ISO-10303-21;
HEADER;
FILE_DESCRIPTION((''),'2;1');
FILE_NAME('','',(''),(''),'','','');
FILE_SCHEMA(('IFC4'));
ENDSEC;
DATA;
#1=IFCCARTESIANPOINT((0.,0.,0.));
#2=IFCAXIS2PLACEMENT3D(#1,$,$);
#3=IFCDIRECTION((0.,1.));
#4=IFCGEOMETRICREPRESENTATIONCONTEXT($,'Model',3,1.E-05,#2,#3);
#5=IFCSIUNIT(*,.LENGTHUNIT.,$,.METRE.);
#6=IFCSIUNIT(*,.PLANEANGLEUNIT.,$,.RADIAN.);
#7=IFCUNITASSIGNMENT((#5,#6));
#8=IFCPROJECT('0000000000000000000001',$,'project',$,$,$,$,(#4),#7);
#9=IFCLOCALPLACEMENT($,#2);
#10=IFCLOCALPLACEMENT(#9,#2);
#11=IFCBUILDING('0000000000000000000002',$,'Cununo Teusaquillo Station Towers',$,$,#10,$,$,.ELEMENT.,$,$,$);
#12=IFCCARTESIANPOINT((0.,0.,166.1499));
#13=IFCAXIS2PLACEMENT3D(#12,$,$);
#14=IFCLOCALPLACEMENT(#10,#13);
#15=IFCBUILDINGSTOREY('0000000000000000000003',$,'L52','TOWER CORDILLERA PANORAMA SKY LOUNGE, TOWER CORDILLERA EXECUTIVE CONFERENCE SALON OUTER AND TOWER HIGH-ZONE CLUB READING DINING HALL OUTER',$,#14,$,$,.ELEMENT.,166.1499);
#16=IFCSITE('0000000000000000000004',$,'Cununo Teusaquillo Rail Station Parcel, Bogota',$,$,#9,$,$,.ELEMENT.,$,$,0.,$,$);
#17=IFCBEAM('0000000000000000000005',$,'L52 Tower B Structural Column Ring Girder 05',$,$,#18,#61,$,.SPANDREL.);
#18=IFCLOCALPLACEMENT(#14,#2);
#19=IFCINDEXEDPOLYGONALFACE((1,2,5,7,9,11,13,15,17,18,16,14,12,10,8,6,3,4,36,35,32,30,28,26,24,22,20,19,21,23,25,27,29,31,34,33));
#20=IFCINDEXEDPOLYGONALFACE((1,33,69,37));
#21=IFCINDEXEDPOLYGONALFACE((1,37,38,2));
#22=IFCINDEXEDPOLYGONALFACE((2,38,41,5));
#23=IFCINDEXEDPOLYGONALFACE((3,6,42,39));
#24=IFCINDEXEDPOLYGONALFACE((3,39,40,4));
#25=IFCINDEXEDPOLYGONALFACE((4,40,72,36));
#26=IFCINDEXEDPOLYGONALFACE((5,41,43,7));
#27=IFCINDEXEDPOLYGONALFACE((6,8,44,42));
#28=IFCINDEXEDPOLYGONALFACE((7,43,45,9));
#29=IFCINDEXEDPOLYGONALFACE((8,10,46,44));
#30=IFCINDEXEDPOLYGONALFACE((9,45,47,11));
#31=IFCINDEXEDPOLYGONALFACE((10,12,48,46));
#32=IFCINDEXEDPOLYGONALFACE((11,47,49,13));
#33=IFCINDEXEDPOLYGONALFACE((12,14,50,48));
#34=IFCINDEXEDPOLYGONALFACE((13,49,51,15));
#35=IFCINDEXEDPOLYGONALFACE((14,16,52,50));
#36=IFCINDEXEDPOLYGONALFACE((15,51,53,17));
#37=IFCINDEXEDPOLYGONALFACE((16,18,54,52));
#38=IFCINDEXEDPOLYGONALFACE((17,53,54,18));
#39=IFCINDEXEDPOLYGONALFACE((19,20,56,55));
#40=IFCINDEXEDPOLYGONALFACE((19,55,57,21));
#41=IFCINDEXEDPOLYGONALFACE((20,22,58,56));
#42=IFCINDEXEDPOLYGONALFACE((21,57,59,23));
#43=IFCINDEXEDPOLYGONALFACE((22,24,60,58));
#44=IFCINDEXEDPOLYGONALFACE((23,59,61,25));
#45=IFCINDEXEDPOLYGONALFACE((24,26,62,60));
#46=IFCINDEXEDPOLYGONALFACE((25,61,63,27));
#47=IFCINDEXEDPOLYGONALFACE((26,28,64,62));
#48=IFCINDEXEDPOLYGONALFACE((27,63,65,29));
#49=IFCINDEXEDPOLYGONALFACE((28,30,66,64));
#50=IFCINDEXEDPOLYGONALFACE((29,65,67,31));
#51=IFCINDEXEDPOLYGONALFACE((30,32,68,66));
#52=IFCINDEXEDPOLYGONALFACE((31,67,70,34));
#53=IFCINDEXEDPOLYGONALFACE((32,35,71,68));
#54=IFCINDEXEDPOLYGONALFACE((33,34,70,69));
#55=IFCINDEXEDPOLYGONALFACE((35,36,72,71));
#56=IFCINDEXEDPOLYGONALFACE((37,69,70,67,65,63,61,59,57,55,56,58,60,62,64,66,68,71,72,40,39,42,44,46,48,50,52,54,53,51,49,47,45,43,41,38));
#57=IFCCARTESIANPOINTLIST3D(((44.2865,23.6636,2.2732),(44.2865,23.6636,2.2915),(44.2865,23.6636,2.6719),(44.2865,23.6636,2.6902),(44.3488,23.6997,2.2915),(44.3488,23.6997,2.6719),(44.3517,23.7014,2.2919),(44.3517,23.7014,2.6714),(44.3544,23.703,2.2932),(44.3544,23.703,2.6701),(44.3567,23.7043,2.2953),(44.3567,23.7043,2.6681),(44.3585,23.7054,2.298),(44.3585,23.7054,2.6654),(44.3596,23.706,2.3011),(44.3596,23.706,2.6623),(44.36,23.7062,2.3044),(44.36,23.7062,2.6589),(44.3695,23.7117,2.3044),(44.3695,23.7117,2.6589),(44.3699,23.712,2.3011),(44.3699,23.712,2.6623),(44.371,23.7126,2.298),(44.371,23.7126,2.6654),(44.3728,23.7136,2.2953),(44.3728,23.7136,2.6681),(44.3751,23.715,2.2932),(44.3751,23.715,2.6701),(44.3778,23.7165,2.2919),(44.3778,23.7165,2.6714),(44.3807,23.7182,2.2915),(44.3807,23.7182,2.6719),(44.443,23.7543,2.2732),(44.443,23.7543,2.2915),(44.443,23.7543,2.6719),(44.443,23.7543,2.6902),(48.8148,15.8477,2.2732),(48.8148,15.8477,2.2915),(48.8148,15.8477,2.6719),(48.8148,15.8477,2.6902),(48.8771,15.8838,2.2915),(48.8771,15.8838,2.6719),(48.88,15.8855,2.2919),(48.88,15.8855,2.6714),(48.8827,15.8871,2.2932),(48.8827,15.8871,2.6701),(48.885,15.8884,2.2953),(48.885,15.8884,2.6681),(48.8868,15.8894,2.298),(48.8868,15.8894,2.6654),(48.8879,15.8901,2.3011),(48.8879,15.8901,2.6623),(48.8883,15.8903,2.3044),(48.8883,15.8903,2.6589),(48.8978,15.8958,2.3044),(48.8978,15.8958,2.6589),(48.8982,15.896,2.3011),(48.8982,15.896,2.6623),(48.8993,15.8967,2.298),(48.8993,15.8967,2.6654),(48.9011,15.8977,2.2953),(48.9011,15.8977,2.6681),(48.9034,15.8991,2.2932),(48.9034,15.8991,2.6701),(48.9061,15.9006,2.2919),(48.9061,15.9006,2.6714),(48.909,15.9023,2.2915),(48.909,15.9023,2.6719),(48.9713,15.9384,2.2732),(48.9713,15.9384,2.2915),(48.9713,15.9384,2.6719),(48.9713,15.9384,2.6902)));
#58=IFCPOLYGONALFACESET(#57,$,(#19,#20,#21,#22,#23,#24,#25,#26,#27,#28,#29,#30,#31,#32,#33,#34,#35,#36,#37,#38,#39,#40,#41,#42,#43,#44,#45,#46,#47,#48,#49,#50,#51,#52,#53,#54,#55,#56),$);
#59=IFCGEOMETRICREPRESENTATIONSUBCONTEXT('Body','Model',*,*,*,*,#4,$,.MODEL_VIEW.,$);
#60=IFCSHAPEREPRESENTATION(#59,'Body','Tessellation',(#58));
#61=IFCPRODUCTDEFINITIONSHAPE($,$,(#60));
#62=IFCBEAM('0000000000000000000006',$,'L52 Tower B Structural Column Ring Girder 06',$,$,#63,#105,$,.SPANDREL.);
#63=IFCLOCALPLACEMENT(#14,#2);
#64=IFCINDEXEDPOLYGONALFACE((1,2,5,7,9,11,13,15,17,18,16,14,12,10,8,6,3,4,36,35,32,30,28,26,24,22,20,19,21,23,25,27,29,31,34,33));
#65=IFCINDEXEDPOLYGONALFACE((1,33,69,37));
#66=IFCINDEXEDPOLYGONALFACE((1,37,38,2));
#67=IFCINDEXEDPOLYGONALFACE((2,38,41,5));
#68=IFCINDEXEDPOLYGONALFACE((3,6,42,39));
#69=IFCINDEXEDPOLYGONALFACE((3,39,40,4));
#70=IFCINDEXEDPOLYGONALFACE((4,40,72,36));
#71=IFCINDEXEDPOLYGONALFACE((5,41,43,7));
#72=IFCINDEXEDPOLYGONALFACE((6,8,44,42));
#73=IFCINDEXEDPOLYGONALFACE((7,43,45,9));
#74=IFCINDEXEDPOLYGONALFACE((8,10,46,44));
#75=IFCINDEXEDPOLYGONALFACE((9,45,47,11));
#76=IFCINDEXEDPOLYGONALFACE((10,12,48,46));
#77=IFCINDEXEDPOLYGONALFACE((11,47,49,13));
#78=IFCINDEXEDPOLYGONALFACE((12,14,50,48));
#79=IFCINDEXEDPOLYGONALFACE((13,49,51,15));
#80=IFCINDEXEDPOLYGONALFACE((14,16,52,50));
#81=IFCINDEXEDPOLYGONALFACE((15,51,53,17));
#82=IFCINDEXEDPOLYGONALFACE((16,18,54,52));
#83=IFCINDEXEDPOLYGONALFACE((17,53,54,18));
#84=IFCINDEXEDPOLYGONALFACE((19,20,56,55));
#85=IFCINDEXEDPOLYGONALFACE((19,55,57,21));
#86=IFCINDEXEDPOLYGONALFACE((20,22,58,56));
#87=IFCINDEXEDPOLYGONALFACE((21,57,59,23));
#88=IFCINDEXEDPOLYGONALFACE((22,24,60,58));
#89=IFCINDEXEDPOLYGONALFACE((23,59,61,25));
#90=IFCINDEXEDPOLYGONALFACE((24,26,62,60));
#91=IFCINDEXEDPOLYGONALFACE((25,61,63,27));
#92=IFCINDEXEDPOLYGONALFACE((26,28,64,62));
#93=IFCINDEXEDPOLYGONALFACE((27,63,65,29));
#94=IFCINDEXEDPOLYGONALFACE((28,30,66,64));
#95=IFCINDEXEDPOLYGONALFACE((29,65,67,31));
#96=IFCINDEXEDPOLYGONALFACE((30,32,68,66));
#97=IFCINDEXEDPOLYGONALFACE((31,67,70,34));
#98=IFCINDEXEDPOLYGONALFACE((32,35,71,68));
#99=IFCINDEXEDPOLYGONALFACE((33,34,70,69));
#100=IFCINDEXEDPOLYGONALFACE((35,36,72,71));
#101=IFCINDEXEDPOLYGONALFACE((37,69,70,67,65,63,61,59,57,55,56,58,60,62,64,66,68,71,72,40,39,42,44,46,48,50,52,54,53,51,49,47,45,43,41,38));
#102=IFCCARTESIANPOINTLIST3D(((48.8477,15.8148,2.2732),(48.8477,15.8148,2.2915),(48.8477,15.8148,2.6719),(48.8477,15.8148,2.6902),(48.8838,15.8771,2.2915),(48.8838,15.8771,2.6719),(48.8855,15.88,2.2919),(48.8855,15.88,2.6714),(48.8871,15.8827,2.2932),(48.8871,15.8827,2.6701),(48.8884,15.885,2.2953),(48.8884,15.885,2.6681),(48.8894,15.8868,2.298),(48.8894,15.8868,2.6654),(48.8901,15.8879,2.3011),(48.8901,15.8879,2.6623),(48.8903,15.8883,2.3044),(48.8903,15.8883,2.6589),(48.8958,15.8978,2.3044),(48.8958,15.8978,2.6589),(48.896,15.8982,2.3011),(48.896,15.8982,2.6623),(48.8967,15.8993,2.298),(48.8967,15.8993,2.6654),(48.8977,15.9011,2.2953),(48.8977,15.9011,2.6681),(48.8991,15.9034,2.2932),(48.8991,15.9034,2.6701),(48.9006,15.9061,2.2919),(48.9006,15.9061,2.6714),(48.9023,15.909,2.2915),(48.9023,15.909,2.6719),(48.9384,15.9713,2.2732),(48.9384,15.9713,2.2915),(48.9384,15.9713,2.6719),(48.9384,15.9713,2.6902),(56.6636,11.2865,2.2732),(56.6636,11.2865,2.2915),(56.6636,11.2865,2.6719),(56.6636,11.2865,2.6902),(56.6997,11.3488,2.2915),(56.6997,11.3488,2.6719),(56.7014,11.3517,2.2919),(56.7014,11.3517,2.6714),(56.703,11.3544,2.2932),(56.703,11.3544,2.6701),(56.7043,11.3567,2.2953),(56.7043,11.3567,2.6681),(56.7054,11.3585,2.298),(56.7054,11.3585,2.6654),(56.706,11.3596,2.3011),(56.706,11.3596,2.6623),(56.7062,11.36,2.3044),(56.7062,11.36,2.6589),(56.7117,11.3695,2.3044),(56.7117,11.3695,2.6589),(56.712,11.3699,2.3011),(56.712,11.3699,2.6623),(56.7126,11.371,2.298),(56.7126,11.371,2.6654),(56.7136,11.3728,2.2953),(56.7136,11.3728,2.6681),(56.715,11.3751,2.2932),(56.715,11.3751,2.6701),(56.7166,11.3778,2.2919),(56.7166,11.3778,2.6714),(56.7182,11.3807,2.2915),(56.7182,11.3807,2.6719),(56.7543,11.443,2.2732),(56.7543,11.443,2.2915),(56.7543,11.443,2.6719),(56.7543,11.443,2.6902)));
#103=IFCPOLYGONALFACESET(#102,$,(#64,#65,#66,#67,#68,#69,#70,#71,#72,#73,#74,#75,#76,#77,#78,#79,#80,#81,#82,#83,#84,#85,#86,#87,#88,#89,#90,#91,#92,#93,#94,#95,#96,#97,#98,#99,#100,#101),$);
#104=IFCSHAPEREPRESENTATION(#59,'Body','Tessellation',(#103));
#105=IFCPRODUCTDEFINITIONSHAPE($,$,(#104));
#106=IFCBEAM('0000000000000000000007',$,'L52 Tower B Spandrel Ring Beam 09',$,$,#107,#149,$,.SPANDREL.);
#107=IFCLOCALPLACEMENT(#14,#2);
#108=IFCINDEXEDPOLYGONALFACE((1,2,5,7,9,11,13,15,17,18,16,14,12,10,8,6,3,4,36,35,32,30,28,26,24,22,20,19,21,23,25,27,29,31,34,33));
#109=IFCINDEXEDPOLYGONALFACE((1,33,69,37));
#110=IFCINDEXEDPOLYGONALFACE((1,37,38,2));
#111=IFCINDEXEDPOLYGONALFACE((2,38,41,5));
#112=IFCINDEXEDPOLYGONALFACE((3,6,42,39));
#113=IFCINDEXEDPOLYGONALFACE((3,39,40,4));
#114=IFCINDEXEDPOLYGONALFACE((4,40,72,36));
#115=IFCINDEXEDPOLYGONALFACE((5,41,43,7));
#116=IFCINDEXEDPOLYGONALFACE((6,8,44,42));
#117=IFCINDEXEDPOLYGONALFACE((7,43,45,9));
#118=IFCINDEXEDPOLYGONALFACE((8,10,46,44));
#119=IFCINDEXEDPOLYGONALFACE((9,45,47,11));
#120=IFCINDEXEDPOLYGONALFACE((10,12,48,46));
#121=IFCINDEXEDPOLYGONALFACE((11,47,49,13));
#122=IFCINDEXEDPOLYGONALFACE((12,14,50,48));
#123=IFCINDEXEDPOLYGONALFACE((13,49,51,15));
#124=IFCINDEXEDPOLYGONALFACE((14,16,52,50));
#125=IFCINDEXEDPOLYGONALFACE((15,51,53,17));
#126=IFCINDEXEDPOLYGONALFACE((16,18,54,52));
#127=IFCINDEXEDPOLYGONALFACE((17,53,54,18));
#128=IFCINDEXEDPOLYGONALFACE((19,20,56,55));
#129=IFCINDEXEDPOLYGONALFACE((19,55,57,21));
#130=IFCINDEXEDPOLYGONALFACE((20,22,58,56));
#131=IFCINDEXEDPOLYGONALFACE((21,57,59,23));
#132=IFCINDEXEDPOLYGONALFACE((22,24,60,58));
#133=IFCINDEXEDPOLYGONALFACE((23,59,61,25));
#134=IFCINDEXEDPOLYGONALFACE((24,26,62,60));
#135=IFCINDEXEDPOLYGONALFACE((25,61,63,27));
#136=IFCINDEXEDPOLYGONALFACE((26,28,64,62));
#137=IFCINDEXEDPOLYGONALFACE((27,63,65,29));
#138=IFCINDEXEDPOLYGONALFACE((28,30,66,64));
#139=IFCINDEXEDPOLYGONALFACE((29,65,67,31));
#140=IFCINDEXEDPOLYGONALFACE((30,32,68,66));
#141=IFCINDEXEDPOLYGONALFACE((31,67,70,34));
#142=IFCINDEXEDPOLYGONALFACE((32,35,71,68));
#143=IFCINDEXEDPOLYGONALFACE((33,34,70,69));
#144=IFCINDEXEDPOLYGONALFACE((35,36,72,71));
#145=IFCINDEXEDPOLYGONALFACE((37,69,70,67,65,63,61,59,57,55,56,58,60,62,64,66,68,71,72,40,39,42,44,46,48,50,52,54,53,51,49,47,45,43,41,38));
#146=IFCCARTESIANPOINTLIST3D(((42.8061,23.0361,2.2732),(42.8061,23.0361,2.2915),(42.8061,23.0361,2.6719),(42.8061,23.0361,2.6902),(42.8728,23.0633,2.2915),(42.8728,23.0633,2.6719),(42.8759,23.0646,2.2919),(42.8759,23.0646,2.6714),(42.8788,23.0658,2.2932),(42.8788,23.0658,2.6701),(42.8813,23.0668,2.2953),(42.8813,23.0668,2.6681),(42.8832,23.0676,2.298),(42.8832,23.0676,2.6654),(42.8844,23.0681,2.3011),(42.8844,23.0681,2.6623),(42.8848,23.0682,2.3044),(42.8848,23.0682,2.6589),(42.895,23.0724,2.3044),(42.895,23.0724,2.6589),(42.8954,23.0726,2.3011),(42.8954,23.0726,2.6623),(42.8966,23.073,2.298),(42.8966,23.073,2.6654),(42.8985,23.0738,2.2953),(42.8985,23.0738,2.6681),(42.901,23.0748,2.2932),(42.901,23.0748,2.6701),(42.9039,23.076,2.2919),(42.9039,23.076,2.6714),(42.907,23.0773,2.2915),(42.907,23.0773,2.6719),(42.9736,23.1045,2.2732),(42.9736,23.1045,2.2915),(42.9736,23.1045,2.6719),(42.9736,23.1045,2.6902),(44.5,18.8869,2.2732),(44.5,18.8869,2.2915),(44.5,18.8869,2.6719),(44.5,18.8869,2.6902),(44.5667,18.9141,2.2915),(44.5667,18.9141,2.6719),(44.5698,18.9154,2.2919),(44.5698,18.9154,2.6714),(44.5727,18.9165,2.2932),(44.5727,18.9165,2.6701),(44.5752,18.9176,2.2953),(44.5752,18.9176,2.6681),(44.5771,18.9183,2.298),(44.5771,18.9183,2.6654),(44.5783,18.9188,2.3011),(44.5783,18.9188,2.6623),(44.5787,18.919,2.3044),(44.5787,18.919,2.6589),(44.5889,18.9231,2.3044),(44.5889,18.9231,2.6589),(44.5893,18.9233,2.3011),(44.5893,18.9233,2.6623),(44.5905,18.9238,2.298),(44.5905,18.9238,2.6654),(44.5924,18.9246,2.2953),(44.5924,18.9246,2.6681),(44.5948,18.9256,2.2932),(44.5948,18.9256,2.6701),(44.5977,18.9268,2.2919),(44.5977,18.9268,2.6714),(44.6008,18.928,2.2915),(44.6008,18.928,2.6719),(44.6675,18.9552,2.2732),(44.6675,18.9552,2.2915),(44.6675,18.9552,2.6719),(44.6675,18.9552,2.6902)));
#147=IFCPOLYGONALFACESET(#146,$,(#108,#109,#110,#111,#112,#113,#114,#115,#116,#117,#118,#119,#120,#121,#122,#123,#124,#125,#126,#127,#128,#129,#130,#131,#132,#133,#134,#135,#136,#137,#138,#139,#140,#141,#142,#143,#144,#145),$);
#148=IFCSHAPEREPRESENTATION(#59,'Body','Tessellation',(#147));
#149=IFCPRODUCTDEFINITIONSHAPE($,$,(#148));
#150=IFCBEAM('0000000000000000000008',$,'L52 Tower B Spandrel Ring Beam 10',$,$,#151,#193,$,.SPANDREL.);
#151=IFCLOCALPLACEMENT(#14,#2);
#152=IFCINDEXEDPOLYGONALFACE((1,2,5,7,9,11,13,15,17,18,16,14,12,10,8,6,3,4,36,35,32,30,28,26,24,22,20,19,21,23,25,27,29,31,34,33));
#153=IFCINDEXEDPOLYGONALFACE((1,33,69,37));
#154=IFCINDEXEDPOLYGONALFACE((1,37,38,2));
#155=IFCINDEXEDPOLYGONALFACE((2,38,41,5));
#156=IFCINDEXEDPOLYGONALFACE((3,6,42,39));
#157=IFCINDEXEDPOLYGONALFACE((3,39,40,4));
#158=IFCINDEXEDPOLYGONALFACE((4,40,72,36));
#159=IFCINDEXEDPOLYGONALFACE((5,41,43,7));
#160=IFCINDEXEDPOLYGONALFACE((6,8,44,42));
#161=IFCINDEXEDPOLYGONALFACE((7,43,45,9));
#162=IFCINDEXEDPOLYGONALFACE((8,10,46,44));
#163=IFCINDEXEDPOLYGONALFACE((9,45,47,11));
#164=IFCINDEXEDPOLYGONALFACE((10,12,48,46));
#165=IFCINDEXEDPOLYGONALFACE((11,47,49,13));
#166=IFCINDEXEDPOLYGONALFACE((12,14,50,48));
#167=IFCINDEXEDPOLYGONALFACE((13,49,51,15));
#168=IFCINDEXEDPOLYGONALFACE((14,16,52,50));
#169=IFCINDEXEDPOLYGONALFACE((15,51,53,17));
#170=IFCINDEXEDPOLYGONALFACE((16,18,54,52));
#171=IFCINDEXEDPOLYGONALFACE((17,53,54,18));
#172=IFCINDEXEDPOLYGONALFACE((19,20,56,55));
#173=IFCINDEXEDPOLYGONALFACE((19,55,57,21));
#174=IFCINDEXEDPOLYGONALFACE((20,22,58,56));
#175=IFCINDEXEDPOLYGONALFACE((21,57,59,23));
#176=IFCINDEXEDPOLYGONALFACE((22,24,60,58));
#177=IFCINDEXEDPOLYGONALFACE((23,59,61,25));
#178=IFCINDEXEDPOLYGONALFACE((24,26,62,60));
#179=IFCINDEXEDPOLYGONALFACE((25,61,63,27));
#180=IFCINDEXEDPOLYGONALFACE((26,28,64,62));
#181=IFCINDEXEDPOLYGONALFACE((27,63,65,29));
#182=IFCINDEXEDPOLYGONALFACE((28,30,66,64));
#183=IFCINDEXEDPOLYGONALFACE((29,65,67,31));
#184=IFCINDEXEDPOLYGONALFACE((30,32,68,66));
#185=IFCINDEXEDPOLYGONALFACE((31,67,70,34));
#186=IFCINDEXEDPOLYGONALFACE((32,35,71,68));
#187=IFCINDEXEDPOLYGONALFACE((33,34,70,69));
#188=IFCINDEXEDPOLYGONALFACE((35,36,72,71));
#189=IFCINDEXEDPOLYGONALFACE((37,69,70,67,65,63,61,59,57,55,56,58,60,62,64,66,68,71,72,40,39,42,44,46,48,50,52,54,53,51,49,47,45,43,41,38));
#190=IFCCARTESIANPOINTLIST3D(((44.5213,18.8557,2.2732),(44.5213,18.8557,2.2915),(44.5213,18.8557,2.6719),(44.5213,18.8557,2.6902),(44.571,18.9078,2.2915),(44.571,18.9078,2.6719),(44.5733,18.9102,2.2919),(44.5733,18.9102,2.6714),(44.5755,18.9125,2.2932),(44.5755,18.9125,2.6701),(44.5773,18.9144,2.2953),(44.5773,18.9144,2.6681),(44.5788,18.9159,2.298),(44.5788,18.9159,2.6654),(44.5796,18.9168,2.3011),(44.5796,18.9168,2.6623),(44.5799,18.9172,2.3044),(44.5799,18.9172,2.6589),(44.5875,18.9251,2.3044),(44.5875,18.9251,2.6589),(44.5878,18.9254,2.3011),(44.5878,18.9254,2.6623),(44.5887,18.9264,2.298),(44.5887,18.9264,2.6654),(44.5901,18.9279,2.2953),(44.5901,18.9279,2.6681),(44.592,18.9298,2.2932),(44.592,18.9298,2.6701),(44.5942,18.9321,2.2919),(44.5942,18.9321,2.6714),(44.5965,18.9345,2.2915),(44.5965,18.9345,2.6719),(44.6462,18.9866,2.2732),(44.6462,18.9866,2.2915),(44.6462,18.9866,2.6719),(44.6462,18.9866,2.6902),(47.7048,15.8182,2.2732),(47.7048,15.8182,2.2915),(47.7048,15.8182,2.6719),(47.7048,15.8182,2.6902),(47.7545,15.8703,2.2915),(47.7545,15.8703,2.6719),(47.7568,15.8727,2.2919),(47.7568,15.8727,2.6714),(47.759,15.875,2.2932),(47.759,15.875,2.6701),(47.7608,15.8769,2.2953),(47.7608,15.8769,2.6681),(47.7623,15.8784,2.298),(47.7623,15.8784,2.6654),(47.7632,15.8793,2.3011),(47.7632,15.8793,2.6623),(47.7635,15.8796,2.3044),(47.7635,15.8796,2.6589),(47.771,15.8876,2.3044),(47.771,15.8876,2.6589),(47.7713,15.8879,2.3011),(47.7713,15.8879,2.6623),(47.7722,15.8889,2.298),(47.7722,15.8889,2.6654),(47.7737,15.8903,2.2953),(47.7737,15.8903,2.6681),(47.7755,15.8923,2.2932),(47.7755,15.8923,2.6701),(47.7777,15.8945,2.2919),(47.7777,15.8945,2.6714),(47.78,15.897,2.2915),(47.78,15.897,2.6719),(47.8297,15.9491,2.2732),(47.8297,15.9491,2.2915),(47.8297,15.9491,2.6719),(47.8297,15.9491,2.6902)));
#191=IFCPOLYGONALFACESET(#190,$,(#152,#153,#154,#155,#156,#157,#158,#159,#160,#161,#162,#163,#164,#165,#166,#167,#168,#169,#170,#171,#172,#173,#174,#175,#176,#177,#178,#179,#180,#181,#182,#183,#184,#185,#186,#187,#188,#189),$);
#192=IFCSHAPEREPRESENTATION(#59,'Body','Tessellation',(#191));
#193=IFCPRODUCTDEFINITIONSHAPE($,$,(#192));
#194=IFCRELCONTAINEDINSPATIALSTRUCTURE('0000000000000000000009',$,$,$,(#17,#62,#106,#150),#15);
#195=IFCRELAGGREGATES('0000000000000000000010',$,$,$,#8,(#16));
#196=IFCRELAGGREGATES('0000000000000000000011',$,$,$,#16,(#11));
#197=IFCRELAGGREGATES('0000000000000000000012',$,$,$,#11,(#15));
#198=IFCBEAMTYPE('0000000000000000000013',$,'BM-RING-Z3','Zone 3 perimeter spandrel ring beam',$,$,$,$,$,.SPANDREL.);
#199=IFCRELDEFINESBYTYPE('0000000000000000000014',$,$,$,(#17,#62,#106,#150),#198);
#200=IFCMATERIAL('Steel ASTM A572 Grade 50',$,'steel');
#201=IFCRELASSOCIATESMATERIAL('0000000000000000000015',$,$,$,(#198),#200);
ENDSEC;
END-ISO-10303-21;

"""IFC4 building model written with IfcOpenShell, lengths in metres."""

from ifc_helpers import new_model, si_unit, direction, frame, origin, origin_2d, place, context, subcontext, project, spatial, i_section, extrude, material, material_profile, profile_set, type_object, element, save


model = new_model("IFC4")

# Units and contexts
model_context = context("Model", 3, precision=1e-05, world=origin(), true_north=direction((0.0, 1.0)))
body_context = subcontext(model_context, "Body", "Model", "MODEL_VIEW")
ifc_project = project(units=[si_unit("LENGTHUNIT", "METRE"), si_unit("PLANEANGLEUNIT", "RADIAN")], contexts=[model_context])

# Site, building, storey
site_placement = place(None, origin())
site = spatial("IfcSite", under=ifc_project, at=site_placement, Name="Cununo Teusaquillo Rail Station Parcel, Bogota", CompositionType="ELEMENT", RefElevation=0.0)
building_placement = place(site_placement, origin())
building = spatial("IfcBuilding", under=site, at=building_placement, Name="Cununo Teusaquillo Station Towers", CompositionType="ELEMENT")
storey_placement = place(building_placement, frame((0.0, 0.0, 166.1499)))
storey = spatial("IfcBuildingStorey", under=building, at=storey_placement, Name="L52", Description="TOWER CORDILLERA PANORAMA SKY LOUNGE, TOWER CORDILLERA EXECUTIVE CONFERENCE SALON OUTER AND TOWER HIGH-ZONE CLUB READING DINING HALL OUTER", CompositionType="ELEMENT", Elevation=166.1499)

# Beams
ifc_material_1 = material(Name="Steel ASTM A572 Grade 50", Category="steel")
ifc_material_profile_1 = material_profile(ifc_material_1, i_section(OverallWidth=0.1809, OverallDepth=0.417, WebThickness=0.011, FlangeThickness=0.0183, FilletRadius=0.0129, at=origin_2d()), Name="W16X57")
ifc_profile_set_1 = profile_set([ifc_material_profile_1], Name="Steel ASTM A572 Grade 50")
beam_type_1 = type_object("IfcBeamType", Name="BM-RING-Z3", Description="Zone 3 perimeter spandrel ring beam", PredefinedType="SPANDREL", material=ifc_profile_set_1)
for number, where, z_axis, x_axis, name in (
    (1, (44.3647, 23.709, 2.4817), (0.501311, -0.865267, 0.0), (0.865267, 0.501311, 0.0), "L52 Tower B Structural Column Ring Girder 05"),
    (2, (48.8931, 15.8931, 2.4817), (0.865267, -0.501311, 0.0), (0.501311, 0.865267, 0.0), "L52 Tower B Structural Column Ring Girder 06"),
):
    element("IfcBeam", number, at=place(storey_placement, frame(where, z_axis=z_axis, x_axis=x_axis)), inside=storey, type_object=beam_type_1, Name=name, PredefinedType="SPANDREL", context=body_context, shape_type="SweptSolid", body=[
        extrude(i_section(OverallWidth=0.1809, OverallDepth=0.417, WebThickness=0.011, FlangeThickness=0.0183, FilletRadius=0.0129, at=origin_2d()), origin(), (0.0, 0.0, 1.0), 9.033),
    ])
beam_1_placement = place(storey_placement, frame((42.8899, 23.0703, 2.4817), z_axis=(0.377956, -0.925824, 0.0), x_axis=(0.925824, 0.377956, 0.0)))
element("IfcBeam", 3, at=beam_1_placement, inside=storey, type_object=beam_type_1, Name="L52 Tower B Spandrel Ring Beam 09", PredefinedType="SPANDREL", context=body_context, shape_type="SweptSolid", body=[
    extrude(i_section(OverallWidth=0.1809, OverallDepth=0.417, WebThickness=0.011, FlangeThickness=0.0183, FilletRadius=0.0129, at=origin_2d()), origin(), (0.0, 0.0, 1.0), 4.4817),
])
beam_2_placement = place(storey_placement, frame((44.5837, 18.9211, 2.4817), z_axis=(0.723502, -0.690323, 0.0), x_axis=(0.690323, 0.723502, 0.0)))
element("IfcBeam", 4, at=beam_2_placement, inside=storey, type_object=beam_type_1, Name="L52 Tower B Spandrel Ring Beam 10", PredefinedType="SPANDREL", context=body_context, shape_type="SweptSolid", body=[
    extrude(i_section(OverallWidth=0.1809, OverallDepth=0.417, WebThickness=0.011, FlangeThickness=0.0183, FilletRadius=0.0129, at=origin_2d()), origin(), (0.0, 0.0, 1.0), 4.4001),
])

save(model, "model.ifc")
